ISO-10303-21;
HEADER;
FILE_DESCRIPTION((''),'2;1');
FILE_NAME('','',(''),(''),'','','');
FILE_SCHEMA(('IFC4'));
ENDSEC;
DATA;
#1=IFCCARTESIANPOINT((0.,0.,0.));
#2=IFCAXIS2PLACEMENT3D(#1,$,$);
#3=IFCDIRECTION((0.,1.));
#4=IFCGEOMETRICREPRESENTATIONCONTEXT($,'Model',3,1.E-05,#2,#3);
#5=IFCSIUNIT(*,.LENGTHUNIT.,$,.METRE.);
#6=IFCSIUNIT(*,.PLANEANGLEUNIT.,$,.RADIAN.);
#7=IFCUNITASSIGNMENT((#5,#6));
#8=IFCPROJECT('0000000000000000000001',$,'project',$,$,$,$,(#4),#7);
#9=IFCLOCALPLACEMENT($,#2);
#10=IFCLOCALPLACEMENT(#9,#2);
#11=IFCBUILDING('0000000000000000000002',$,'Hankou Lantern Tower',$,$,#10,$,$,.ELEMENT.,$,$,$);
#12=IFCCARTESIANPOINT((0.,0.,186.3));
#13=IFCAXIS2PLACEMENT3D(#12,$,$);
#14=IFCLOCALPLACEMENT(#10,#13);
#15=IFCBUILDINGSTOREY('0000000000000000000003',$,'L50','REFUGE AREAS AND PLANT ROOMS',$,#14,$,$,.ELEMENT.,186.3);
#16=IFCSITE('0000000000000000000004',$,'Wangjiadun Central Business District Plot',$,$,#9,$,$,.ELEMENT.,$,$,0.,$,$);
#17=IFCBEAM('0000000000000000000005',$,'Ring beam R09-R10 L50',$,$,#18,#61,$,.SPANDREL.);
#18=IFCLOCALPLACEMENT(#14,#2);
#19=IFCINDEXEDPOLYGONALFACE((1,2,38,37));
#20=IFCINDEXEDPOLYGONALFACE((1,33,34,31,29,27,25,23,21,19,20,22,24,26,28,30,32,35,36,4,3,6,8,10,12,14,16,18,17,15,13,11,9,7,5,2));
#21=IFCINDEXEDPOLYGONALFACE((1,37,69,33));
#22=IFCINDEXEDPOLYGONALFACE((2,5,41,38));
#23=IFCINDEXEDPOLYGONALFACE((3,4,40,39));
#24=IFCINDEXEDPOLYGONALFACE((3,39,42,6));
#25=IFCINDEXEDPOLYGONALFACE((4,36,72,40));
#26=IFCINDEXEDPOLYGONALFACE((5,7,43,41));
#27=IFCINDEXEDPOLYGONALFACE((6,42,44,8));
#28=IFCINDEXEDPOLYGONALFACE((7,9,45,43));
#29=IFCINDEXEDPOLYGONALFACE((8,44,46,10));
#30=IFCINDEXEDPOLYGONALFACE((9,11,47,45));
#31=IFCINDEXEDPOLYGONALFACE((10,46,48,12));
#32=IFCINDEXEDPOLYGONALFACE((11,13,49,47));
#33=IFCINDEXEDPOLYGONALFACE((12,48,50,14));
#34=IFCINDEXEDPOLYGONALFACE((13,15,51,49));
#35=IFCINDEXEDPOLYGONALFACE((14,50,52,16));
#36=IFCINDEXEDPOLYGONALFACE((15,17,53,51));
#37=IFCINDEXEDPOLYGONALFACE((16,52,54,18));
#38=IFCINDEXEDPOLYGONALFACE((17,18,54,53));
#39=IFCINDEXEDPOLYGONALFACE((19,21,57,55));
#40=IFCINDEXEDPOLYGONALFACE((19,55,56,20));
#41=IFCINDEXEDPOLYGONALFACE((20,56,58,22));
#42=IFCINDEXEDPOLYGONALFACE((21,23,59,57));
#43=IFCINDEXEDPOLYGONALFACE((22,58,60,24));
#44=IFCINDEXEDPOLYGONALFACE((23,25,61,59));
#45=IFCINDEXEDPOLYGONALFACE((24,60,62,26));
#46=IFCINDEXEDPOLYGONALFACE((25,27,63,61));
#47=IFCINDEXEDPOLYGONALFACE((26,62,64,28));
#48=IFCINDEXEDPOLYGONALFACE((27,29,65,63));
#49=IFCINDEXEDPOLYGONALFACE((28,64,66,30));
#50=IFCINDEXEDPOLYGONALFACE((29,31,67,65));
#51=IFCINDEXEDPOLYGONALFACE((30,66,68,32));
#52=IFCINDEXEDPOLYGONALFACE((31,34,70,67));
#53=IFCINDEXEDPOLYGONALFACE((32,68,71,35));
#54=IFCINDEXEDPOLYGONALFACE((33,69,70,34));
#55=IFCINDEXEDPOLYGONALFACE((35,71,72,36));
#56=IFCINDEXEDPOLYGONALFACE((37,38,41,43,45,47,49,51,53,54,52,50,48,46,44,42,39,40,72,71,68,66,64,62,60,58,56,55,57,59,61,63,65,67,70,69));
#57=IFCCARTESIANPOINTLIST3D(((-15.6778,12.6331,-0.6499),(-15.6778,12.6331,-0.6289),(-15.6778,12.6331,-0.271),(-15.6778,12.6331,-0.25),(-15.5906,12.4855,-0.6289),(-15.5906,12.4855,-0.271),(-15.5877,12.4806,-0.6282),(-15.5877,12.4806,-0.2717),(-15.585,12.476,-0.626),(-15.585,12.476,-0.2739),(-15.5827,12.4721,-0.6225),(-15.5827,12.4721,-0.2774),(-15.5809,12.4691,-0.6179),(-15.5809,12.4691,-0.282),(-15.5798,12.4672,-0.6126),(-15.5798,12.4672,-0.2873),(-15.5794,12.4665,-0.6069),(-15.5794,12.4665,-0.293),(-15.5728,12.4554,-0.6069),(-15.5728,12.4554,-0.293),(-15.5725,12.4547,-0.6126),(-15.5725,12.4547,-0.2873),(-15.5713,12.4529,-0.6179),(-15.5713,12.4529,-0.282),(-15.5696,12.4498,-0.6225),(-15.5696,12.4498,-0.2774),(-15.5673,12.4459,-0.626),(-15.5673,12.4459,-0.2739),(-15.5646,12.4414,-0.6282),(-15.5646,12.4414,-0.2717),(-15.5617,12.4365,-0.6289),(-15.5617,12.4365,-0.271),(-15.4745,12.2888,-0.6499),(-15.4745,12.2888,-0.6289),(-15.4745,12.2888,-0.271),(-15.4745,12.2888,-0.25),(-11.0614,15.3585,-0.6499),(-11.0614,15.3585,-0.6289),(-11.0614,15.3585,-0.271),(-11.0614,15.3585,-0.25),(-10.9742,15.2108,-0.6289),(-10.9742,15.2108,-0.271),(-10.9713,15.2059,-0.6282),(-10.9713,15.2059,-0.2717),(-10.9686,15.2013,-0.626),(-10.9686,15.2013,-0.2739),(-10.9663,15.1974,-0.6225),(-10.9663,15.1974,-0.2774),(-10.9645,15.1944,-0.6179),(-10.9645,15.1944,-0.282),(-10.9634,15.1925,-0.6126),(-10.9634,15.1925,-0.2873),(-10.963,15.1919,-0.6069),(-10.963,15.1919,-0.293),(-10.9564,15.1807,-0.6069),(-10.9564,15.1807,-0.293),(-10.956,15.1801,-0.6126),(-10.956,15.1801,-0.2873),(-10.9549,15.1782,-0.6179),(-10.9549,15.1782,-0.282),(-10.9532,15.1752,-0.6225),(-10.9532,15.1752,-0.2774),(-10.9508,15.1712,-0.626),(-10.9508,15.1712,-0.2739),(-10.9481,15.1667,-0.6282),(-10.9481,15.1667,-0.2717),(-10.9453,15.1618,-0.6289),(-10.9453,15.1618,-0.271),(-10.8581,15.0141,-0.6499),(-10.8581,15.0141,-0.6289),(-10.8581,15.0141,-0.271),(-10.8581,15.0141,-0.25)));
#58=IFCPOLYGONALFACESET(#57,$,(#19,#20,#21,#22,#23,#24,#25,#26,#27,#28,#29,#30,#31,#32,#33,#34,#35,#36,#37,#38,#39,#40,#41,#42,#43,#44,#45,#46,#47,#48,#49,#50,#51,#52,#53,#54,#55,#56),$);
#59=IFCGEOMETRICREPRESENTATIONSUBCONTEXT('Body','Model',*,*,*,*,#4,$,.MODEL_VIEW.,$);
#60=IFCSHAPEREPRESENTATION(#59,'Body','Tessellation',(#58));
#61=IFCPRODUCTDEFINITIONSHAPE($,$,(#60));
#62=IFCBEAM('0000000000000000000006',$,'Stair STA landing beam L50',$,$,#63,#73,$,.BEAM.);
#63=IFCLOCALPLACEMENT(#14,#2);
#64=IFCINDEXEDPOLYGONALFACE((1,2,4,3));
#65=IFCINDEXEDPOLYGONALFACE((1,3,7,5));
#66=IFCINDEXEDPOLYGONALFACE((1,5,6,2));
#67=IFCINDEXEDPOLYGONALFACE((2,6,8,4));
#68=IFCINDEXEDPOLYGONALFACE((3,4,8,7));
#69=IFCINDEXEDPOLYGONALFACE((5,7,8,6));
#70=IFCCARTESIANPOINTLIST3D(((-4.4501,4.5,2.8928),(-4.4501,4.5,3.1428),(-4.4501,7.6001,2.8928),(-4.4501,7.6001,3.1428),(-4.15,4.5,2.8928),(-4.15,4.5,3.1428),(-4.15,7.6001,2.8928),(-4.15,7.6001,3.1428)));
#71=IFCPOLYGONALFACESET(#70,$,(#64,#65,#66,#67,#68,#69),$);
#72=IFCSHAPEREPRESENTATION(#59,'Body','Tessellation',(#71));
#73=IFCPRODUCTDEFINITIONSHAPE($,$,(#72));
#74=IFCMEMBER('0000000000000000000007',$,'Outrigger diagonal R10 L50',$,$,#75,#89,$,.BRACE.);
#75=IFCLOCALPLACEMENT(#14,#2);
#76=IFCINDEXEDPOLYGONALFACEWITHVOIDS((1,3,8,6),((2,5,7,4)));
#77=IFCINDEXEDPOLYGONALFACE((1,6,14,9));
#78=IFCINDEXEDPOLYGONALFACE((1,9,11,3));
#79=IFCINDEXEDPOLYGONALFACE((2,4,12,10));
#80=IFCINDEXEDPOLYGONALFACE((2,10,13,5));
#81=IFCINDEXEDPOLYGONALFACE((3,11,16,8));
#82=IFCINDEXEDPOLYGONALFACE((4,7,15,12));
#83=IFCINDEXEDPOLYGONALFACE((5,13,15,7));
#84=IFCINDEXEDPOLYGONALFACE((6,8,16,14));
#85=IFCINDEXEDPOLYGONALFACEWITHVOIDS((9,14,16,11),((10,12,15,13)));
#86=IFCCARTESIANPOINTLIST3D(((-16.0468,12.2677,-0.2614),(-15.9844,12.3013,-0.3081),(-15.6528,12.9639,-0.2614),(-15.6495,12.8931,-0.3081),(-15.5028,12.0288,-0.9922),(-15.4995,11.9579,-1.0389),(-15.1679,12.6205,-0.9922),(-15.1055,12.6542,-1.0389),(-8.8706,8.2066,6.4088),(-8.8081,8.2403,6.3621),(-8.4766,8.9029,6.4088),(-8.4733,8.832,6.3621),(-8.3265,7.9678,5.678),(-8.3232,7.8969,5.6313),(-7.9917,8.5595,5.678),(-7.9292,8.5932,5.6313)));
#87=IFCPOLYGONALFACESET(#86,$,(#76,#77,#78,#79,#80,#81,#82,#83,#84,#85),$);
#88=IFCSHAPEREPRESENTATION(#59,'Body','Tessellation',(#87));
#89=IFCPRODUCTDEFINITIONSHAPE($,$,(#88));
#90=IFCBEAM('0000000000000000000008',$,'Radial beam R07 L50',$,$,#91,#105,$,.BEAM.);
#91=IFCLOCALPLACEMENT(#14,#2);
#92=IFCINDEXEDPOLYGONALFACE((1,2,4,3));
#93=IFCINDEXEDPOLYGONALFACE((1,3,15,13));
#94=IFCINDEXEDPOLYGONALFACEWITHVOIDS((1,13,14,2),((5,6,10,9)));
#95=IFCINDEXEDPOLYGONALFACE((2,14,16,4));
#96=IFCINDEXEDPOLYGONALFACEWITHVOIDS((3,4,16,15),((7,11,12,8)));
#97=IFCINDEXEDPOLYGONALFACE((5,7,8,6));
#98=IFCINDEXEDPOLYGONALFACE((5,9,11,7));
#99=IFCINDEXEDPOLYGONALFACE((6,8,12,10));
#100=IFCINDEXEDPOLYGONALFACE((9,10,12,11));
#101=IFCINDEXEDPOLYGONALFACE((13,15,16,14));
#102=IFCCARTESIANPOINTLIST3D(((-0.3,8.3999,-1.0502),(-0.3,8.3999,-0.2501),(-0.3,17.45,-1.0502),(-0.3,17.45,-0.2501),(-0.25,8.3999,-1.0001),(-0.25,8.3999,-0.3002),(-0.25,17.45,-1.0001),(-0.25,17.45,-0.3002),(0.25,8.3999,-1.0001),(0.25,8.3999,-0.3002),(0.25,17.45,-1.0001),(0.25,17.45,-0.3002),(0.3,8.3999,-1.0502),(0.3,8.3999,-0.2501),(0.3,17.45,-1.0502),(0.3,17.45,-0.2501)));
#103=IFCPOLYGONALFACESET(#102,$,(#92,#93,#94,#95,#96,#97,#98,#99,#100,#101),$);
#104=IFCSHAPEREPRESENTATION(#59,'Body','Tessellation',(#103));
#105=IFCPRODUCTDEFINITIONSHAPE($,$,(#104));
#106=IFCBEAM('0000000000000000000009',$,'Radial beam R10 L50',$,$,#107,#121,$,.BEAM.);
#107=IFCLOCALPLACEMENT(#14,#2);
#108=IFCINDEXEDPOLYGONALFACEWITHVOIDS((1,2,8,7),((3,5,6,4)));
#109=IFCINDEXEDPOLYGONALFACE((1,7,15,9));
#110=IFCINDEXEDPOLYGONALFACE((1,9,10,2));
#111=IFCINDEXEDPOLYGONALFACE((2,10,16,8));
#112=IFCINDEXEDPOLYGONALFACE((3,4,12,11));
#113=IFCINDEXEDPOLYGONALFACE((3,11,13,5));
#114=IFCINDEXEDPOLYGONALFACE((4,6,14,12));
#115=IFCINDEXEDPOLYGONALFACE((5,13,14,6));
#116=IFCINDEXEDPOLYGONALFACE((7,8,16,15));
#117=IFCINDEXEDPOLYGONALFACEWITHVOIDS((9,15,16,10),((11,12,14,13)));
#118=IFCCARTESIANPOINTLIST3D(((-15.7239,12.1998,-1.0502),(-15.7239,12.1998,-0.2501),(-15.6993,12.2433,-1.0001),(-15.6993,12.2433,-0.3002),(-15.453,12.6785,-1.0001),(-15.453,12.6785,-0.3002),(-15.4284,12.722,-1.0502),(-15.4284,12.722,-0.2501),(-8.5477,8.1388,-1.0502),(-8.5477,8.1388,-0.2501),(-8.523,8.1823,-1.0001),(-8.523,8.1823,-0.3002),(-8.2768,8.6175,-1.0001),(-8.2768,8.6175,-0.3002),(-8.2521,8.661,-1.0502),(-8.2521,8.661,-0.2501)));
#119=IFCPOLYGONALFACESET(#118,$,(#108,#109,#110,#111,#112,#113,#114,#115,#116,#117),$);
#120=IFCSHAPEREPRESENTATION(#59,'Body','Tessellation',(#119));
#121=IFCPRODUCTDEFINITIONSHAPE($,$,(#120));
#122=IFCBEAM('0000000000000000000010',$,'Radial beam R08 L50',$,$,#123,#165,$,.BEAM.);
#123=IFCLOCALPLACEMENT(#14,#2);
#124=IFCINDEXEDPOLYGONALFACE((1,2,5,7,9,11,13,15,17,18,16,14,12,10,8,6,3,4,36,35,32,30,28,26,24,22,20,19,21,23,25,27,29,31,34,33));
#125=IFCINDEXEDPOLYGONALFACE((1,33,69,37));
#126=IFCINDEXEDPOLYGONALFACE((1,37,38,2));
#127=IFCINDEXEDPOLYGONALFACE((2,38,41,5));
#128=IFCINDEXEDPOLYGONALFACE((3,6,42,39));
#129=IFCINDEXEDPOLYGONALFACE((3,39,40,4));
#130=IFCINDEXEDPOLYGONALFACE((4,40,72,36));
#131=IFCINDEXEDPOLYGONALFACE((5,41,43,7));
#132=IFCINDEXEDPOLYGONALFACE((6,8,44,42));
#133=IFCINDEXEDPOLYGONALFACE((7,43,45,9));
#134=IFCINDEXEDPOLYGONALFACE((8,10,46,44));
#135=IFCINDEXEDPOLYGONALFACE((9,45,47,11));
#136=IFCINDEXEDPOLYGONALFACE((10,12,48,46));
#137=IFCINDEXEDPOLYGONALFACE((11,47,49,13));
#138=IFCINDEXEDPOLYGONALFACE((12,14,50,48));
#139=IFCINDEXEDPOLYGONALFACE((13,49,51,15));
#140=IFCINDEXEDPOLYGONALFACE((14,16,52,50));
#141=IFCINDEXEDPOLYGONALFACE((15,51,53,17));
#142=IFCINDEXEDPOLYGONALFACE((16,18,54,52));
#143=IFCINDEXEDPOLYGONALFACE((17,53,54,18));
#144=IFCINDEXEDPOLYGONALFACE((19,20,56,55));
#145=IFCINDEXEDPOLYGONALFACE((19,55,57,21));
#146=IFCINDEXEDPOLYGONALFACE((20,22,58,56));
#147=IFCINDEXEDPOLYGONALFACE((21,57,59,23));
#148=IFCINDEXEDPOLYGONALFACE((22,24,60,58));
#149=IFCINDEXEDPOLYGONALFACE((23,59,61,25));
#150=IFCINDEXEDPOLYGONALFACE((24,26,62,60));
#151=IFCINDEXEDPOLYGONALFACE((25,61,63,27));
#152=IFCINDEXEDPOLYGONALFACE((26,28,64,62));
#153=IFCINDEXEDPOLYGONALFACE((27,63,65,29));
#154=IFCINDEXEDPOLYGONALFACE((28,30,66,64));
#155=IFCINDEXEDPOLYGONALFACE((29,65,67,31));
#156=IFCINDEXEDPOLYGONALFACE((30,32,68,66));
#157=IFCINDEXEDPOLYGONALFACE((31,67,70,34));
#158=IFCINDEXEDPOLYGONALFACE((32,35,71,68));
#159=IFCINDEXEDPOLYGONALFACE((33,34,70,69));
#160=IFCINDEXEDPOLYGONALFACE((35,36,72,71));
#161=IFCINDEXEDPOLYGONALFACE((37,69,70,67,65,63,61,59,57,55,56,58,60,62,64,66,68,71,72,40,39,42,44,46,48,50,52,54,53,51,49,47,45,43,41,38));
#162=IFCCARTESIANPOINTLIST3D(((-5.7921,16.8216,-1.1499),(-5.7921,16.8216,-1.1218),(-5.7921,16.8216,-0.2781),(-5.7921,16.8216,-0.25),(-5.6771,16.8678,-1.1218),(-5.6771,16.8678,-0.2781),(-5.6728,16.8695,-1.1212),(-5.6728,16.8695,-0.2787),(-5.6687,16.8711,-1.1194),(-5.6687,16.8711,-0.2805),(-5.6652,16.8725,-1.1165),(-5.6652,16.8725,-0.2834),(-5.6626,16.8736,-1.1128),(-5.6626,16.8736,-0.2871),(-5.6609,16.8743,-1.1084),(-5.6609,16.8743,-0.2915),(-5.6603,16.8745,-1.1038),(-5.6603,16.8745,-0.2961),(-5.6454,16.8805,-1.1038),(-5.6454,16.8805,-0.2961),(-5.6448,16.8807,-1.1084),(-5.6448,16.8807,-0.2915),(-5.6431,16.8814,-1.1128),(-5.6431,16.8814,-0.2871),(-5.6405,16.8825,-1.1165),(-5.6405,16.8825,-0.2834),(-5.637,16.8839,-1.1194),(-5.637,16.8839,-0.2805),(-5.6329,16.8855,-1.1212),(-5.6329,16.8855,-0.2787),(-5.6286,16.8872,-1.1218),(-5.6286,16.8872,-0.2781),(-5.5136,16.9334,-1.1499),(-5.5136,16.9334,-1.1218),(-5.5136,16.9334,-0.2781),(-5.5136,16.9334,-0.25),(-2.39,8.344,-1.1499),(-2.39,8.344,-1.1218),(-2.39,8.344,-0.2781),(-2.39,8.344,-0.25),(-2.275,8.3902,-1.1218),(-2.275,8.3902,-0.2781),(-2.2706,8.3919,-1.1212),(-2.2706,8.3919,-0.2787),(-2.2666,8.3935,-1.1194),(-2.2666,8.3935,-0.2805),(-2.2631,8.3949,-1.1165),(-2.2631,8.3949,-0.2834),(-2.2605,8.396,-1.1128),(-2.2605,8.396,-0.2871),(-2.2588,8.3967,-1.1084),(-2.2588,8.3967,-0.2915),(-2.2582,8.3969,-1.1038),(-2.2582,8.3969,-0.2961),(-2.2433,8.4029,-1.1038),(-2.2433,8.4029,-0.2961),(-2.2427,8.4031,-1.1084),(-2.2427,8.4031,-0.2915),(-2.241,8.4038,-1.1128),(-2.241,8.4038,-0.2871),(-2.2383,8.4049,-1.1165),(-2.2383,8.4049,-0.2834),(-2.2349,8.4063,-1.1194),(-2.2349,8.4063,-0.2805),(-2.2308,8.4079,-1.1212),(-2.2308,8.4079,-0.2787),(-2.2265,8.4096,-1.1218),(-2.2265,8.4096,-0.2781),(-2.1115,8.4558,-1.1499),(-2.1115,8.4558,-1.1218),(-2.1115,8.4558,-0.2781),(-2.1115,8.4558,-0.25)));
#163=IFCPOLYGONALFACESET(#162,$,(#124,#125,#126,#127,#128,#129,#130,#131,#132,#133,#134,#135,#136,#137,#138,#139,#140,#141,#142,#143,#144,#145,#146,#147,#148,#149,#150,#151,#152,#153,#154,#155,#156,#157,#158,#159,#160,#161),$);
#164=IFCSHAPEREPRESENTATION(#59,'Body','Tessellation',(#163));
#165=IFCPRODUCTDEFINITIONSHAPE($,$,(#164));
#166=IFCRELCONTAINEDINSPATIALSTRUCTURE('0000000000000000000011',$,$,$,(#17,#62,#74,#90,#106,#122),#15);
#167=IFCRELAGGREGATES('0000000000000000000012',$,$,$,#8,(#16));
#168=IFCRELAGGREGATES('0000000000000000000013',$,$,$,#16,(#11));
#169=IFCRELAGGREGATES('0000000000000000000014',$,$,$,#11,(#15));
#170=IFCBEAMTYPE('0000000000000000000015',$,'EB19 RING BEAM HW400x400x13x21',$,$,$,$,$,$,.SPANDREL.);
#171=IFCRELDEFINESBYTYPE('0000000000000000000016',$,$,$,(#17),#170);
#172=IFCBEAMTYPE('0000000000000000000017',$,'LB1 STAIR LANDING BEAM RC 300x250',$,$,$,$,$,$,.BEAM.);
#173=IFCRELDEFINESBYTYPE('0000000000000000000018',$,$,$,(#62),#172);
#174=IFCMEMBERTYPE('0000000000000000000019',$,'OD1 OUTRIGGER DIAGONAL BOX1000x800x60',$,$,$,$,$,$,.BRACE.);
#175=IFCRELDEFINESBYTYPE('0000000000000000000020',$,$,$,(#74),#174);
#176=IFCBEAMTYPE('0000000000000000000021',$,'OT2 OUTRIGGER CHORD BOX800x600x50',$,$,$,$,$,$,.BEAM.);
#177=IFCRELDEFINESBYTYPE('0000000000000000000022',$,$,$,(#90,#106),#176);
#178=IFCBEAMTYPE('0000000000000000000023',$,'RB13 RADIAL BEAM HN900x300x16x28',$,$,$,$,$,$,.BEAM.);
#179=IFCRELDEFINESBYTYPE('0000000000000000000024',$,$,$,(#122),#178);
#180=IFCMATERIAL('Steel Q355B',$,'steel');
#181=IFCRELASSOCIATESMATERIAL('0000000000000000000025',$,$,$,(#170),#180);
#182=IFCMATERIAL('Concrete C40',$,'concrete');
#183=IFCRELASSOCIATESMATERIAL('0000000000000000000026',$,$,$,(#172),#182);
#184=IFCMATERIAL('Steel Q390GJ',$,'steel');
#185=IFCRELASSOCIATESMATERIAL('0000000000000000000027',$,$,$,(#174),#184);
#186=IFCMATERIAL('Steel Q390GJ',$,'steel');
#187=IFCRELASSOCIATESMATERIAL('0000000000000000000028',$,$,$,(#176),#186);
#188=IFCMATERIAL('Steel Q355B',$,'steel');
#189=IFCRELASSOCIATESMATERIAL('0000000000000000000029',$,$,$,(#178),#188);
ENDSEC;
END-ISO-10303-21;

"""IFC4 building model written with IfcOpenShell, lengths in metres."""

from ifc_helpers import new_model, si_unit, direction, frame, origin, origin_2d, place, context, subcontext, project, spatial, rectangle, hollow_rectangle, i_section, extrude, material, material_profile, profile_set, type_object, element, save


model = new_model("IFC4")

# Units and contexts
model_context = context("Model", 3, precision=1e-05, world=origin(), true_north=direction((0.0, 1.0)))
body_context = subcontext(model_context, "Body", "Model", "MODEL_VIEW")
ifc_project = project(units=[si_unit("LENGTHUNIT", "METRE"), si_unit("PLANEANGLEUNIT", "RADIAN")], contexts=[model_context])

# Site, building, storey
site_placement = place(None, origin())
site = spatial("IfcSite", under=ifc_project, at=site_placement, Name="Wangjiadun Central Business District Plot", CompositionType="ELEMENT", RefElevation=0.0)
building_placement = place(site_placement, origin())
building = spatial("IfcBuilding", under=site, at=building_placement, Name="Hankou Lantern Tower", CompositionType="ELEMENT")
storey_placement = place(building_placement, frame((0.0, 0.0, 186.3)))
storey = spatial("IfcBuildingStorey", under=building, at=storey_placement, Name="L50", Description="REFUGE AREAS AND PLANT ROOMS", CompositionType="ELEMENT", Elevation=186.3)

# Beams
ifc_material_1 = material(Name="Steel Q355B", Category="steel")
ifc_material_profile_1 = material_profile(ifc_material_1, i_section(OverallWidth=0.3999, OverallDepth=0.3999, WebThickness=0.0129, FlangeThickness=0.021, FilletRadius=0.022, at=origin_2d()), Name="HW400x400x13x21")
ifc_profile_set_1 = profile_set([ifc_material_profile_1], Name="Steel Q355B")
beam_type_1 = type_object("IfcBeamType", Name="EB19 RING BEAM HW400x400x13x21", PredefinedType="SPANDREL", material=ifc_profile_set_1)
beam_1_placement = place(storey_placement, frame((-10.9597, 15.1863, -0.45), z_axis=(-0.861136, -0.508375, 0.0), x_axis=(0.508375, -0.861136, 0.0)))
element("IfcBeam", 1, at=beam_1_placement, inside=storey, type_object=beam_type_1, Name="Ring beam R09-R10 L50", PredefinedType="SPANDREL", context=body_context, shape_type="SweptSolid", body=[
    extrude(i_section(OverallWidth=0.3999, OverallDepth=0.3999, WebThickness=0.0129, FlangeThickness=0.021, FilletRadius=0.022, at=origin_2d()), origin(), (0.0, 0.0, 1.0), 5.3608),
])
ifc_material_2 = material(Name="Concrete C40", Category="concrete")
ifc_material_profile_2 = material_profile(ifc_material_2, rectangle(XDim=0.3, YDim=0.25, at=origin_2d()), Name="RC 300x250")
ifc_profile_set_2 = profile_set([ifc_material_profile_2], Name="Concrete C40")
beam_type_2 = type_object("IfcBeamType", Name="LB1 STAIR LANDING BEAM RC 300x250", PredefinedType="BEAM", material=ifc_profile_set_2)
beam_2_placement = place(storey_placement, frame((-4.3, 4.5, 3.0178), z_axis=(0.0, 1.0, 0.0), x_axis=(-1.0, 0.0, 0.0)))
element("IfcBeam", 2, at=beam_2_placement, inside=storey, type_object=beam_type_2, Name="Stair STA landing beam L50", PredefinedType="BEAM", context=body_context, shape_type="SweptSolid", body=[
    extrude(rectangle(XDim=0.3, YDim=0.25, at=origin_2d()), origin(), (0.0, 0.0, 1.0), 3.1001),
])

# Member
ifc_material_3 = material(Name="Steel Q390GJ", Category="steel")
ifc_material_profile_3 = material_profile(ifc_material_3, hollow_rectangle(XDim=0.8, YDim=1.0, WallThickness=0.0601, at=origin_2d()), Name="BOX1000x800x60")
ifc_profile_set_3 = profile_set([ifc_material_profile_3], Name="Steel Q390GJ")
member_type = type_object("IfcMemberType", Name="OD1 OUTRIGGER DIAGONAL BOX1000x800x60", PredefinedType="BRACE", material=ifc_profile_set_3)
member_placement = place(storey_placement, frame((-8.3999, 8.3999, 6.02), z_axis=(-0.676639, 0.382909, -0.62892), x_axis=(-0.492506, -0.870309, 0.0)))
element("IfcMember", 3, at=member_placement, inside=storey, type_object=member_type, Name="Outrigger diagonal R10 L50", PredefinedType="BRACE", context=body_context, shape_type="SweptSolid", body=[
    extrude(hollow_rectangle(XDim=0.8, YDim=1.0, WallThickness=0.0601, at=origin_2d()), origin(), (0.0, 0.0, 1.0), 10.6057),
])

# Beams
ifc_material_4 = material(Name="Steel Q390GJ", Category="steel")
ifc_material_profile_4 = material_profile(ifc_material_4, hollow_rectangle(XDim=0.6001, YDim=0.8, WallThickness=0.05, at=origin_2d()), Name="BOX800x600x50")
ifc_profile_set_4 = profile_set([ifc_material_profile_4], Name="Steel Q390GJ")
beam_type_3 = type_object("IfcBeamType", Name="OT2 OUTRIGGER CHORD BOX800x600x50", PredefinedType="BEAM", material=ifc_profile_set_4)
beam_3_placement = place(storey_placement, frame((0.0, 8.3999, -0.6501), z_axis=(0.0, 1.0, 0.0), x_axis=(-1.0, 0.0, 0.0)))
element("IfcBeam", 4, at=beam_3_placement, inside=storey, type_object=beam_type_3, Name="Radial beam R07 L50", PredefinedType="BEAM", context=body_context, shape_type="SweptSolid", body=[
    extrude(hollow_rectangle(XDim=0.6001, YDim=0.8, WallThickness=0.05, at=origin_2d()), origin(), (0.0, 0.0, 1.0), 9.05),
])
beam_4_placement = place(storey_placement, frame((-8.3999, 8.3999, -0.6501), z_axis=(-0.870309, 0.492506, 0.0), x_axis=(-0.492506, -0.870309, 0.0)))
element("IfcBeam", 5, at=beam_4_placement, inside=storey, type_object=beam_type_3, Name="Radial beam R10 L50", PredefinedType="BEAM", context=body_context, shape_type="SweptSolid", body=[
    extrude(hollow_rectangle(XDim=0.6001, YDim=0.8, WallThickness=0.05, at=origin_2d()), origin(), (0.0, 0.0, 1.0), 8.2456),
])
ifc_material_5 = material(Name="Steel Q355B", Category="steel")
ifc_material_profile_5 = material_profile(ifc_material_5, i_section(OverallWidth=0.3, OverallDepth=0.8999, WebThickness=0.0161, FlangeThickness=0.0281, FilletRadius=0.0181, at=origin_2d()), Name="HN900x300x16x28")
ifc_profile_set_5 = profile_set([ifc_material_profile_5], Name="Steel Q355B")
beam_type_4 = type_object("IfcBeamType", Name="RB13 RADIAL BEAM HN900x300x16x28", PredefinedType="BEAM", material=ifc_profile_set_5)
beam_5_placement = place(storey_placement, frame((-2.2507, 8.3999, -0.7), z_axis=(-0.372436, 0.928058, 0.0), x_axis=(-0.928058, -0.372436, 0.0)))
element("IfcBeam", 6, at=beam_5_placement, inside=storey, type_object=beam_type_4, Name="Radial beam R08 L50", PredefinedType="BEAM", context=body_context, shape_type="SweptSolid", body=[
    extrude(i_section(OverallWidth=0.3, OverallDepth=0.8999, WebThickness=0.0161, FlangeThickness=0.0281, FilletRadius=0.0181, at=origin_2d()), origin(), (0.0, 0.0, 1.0), 9.1348),
])

save(model, "model.ifc")
